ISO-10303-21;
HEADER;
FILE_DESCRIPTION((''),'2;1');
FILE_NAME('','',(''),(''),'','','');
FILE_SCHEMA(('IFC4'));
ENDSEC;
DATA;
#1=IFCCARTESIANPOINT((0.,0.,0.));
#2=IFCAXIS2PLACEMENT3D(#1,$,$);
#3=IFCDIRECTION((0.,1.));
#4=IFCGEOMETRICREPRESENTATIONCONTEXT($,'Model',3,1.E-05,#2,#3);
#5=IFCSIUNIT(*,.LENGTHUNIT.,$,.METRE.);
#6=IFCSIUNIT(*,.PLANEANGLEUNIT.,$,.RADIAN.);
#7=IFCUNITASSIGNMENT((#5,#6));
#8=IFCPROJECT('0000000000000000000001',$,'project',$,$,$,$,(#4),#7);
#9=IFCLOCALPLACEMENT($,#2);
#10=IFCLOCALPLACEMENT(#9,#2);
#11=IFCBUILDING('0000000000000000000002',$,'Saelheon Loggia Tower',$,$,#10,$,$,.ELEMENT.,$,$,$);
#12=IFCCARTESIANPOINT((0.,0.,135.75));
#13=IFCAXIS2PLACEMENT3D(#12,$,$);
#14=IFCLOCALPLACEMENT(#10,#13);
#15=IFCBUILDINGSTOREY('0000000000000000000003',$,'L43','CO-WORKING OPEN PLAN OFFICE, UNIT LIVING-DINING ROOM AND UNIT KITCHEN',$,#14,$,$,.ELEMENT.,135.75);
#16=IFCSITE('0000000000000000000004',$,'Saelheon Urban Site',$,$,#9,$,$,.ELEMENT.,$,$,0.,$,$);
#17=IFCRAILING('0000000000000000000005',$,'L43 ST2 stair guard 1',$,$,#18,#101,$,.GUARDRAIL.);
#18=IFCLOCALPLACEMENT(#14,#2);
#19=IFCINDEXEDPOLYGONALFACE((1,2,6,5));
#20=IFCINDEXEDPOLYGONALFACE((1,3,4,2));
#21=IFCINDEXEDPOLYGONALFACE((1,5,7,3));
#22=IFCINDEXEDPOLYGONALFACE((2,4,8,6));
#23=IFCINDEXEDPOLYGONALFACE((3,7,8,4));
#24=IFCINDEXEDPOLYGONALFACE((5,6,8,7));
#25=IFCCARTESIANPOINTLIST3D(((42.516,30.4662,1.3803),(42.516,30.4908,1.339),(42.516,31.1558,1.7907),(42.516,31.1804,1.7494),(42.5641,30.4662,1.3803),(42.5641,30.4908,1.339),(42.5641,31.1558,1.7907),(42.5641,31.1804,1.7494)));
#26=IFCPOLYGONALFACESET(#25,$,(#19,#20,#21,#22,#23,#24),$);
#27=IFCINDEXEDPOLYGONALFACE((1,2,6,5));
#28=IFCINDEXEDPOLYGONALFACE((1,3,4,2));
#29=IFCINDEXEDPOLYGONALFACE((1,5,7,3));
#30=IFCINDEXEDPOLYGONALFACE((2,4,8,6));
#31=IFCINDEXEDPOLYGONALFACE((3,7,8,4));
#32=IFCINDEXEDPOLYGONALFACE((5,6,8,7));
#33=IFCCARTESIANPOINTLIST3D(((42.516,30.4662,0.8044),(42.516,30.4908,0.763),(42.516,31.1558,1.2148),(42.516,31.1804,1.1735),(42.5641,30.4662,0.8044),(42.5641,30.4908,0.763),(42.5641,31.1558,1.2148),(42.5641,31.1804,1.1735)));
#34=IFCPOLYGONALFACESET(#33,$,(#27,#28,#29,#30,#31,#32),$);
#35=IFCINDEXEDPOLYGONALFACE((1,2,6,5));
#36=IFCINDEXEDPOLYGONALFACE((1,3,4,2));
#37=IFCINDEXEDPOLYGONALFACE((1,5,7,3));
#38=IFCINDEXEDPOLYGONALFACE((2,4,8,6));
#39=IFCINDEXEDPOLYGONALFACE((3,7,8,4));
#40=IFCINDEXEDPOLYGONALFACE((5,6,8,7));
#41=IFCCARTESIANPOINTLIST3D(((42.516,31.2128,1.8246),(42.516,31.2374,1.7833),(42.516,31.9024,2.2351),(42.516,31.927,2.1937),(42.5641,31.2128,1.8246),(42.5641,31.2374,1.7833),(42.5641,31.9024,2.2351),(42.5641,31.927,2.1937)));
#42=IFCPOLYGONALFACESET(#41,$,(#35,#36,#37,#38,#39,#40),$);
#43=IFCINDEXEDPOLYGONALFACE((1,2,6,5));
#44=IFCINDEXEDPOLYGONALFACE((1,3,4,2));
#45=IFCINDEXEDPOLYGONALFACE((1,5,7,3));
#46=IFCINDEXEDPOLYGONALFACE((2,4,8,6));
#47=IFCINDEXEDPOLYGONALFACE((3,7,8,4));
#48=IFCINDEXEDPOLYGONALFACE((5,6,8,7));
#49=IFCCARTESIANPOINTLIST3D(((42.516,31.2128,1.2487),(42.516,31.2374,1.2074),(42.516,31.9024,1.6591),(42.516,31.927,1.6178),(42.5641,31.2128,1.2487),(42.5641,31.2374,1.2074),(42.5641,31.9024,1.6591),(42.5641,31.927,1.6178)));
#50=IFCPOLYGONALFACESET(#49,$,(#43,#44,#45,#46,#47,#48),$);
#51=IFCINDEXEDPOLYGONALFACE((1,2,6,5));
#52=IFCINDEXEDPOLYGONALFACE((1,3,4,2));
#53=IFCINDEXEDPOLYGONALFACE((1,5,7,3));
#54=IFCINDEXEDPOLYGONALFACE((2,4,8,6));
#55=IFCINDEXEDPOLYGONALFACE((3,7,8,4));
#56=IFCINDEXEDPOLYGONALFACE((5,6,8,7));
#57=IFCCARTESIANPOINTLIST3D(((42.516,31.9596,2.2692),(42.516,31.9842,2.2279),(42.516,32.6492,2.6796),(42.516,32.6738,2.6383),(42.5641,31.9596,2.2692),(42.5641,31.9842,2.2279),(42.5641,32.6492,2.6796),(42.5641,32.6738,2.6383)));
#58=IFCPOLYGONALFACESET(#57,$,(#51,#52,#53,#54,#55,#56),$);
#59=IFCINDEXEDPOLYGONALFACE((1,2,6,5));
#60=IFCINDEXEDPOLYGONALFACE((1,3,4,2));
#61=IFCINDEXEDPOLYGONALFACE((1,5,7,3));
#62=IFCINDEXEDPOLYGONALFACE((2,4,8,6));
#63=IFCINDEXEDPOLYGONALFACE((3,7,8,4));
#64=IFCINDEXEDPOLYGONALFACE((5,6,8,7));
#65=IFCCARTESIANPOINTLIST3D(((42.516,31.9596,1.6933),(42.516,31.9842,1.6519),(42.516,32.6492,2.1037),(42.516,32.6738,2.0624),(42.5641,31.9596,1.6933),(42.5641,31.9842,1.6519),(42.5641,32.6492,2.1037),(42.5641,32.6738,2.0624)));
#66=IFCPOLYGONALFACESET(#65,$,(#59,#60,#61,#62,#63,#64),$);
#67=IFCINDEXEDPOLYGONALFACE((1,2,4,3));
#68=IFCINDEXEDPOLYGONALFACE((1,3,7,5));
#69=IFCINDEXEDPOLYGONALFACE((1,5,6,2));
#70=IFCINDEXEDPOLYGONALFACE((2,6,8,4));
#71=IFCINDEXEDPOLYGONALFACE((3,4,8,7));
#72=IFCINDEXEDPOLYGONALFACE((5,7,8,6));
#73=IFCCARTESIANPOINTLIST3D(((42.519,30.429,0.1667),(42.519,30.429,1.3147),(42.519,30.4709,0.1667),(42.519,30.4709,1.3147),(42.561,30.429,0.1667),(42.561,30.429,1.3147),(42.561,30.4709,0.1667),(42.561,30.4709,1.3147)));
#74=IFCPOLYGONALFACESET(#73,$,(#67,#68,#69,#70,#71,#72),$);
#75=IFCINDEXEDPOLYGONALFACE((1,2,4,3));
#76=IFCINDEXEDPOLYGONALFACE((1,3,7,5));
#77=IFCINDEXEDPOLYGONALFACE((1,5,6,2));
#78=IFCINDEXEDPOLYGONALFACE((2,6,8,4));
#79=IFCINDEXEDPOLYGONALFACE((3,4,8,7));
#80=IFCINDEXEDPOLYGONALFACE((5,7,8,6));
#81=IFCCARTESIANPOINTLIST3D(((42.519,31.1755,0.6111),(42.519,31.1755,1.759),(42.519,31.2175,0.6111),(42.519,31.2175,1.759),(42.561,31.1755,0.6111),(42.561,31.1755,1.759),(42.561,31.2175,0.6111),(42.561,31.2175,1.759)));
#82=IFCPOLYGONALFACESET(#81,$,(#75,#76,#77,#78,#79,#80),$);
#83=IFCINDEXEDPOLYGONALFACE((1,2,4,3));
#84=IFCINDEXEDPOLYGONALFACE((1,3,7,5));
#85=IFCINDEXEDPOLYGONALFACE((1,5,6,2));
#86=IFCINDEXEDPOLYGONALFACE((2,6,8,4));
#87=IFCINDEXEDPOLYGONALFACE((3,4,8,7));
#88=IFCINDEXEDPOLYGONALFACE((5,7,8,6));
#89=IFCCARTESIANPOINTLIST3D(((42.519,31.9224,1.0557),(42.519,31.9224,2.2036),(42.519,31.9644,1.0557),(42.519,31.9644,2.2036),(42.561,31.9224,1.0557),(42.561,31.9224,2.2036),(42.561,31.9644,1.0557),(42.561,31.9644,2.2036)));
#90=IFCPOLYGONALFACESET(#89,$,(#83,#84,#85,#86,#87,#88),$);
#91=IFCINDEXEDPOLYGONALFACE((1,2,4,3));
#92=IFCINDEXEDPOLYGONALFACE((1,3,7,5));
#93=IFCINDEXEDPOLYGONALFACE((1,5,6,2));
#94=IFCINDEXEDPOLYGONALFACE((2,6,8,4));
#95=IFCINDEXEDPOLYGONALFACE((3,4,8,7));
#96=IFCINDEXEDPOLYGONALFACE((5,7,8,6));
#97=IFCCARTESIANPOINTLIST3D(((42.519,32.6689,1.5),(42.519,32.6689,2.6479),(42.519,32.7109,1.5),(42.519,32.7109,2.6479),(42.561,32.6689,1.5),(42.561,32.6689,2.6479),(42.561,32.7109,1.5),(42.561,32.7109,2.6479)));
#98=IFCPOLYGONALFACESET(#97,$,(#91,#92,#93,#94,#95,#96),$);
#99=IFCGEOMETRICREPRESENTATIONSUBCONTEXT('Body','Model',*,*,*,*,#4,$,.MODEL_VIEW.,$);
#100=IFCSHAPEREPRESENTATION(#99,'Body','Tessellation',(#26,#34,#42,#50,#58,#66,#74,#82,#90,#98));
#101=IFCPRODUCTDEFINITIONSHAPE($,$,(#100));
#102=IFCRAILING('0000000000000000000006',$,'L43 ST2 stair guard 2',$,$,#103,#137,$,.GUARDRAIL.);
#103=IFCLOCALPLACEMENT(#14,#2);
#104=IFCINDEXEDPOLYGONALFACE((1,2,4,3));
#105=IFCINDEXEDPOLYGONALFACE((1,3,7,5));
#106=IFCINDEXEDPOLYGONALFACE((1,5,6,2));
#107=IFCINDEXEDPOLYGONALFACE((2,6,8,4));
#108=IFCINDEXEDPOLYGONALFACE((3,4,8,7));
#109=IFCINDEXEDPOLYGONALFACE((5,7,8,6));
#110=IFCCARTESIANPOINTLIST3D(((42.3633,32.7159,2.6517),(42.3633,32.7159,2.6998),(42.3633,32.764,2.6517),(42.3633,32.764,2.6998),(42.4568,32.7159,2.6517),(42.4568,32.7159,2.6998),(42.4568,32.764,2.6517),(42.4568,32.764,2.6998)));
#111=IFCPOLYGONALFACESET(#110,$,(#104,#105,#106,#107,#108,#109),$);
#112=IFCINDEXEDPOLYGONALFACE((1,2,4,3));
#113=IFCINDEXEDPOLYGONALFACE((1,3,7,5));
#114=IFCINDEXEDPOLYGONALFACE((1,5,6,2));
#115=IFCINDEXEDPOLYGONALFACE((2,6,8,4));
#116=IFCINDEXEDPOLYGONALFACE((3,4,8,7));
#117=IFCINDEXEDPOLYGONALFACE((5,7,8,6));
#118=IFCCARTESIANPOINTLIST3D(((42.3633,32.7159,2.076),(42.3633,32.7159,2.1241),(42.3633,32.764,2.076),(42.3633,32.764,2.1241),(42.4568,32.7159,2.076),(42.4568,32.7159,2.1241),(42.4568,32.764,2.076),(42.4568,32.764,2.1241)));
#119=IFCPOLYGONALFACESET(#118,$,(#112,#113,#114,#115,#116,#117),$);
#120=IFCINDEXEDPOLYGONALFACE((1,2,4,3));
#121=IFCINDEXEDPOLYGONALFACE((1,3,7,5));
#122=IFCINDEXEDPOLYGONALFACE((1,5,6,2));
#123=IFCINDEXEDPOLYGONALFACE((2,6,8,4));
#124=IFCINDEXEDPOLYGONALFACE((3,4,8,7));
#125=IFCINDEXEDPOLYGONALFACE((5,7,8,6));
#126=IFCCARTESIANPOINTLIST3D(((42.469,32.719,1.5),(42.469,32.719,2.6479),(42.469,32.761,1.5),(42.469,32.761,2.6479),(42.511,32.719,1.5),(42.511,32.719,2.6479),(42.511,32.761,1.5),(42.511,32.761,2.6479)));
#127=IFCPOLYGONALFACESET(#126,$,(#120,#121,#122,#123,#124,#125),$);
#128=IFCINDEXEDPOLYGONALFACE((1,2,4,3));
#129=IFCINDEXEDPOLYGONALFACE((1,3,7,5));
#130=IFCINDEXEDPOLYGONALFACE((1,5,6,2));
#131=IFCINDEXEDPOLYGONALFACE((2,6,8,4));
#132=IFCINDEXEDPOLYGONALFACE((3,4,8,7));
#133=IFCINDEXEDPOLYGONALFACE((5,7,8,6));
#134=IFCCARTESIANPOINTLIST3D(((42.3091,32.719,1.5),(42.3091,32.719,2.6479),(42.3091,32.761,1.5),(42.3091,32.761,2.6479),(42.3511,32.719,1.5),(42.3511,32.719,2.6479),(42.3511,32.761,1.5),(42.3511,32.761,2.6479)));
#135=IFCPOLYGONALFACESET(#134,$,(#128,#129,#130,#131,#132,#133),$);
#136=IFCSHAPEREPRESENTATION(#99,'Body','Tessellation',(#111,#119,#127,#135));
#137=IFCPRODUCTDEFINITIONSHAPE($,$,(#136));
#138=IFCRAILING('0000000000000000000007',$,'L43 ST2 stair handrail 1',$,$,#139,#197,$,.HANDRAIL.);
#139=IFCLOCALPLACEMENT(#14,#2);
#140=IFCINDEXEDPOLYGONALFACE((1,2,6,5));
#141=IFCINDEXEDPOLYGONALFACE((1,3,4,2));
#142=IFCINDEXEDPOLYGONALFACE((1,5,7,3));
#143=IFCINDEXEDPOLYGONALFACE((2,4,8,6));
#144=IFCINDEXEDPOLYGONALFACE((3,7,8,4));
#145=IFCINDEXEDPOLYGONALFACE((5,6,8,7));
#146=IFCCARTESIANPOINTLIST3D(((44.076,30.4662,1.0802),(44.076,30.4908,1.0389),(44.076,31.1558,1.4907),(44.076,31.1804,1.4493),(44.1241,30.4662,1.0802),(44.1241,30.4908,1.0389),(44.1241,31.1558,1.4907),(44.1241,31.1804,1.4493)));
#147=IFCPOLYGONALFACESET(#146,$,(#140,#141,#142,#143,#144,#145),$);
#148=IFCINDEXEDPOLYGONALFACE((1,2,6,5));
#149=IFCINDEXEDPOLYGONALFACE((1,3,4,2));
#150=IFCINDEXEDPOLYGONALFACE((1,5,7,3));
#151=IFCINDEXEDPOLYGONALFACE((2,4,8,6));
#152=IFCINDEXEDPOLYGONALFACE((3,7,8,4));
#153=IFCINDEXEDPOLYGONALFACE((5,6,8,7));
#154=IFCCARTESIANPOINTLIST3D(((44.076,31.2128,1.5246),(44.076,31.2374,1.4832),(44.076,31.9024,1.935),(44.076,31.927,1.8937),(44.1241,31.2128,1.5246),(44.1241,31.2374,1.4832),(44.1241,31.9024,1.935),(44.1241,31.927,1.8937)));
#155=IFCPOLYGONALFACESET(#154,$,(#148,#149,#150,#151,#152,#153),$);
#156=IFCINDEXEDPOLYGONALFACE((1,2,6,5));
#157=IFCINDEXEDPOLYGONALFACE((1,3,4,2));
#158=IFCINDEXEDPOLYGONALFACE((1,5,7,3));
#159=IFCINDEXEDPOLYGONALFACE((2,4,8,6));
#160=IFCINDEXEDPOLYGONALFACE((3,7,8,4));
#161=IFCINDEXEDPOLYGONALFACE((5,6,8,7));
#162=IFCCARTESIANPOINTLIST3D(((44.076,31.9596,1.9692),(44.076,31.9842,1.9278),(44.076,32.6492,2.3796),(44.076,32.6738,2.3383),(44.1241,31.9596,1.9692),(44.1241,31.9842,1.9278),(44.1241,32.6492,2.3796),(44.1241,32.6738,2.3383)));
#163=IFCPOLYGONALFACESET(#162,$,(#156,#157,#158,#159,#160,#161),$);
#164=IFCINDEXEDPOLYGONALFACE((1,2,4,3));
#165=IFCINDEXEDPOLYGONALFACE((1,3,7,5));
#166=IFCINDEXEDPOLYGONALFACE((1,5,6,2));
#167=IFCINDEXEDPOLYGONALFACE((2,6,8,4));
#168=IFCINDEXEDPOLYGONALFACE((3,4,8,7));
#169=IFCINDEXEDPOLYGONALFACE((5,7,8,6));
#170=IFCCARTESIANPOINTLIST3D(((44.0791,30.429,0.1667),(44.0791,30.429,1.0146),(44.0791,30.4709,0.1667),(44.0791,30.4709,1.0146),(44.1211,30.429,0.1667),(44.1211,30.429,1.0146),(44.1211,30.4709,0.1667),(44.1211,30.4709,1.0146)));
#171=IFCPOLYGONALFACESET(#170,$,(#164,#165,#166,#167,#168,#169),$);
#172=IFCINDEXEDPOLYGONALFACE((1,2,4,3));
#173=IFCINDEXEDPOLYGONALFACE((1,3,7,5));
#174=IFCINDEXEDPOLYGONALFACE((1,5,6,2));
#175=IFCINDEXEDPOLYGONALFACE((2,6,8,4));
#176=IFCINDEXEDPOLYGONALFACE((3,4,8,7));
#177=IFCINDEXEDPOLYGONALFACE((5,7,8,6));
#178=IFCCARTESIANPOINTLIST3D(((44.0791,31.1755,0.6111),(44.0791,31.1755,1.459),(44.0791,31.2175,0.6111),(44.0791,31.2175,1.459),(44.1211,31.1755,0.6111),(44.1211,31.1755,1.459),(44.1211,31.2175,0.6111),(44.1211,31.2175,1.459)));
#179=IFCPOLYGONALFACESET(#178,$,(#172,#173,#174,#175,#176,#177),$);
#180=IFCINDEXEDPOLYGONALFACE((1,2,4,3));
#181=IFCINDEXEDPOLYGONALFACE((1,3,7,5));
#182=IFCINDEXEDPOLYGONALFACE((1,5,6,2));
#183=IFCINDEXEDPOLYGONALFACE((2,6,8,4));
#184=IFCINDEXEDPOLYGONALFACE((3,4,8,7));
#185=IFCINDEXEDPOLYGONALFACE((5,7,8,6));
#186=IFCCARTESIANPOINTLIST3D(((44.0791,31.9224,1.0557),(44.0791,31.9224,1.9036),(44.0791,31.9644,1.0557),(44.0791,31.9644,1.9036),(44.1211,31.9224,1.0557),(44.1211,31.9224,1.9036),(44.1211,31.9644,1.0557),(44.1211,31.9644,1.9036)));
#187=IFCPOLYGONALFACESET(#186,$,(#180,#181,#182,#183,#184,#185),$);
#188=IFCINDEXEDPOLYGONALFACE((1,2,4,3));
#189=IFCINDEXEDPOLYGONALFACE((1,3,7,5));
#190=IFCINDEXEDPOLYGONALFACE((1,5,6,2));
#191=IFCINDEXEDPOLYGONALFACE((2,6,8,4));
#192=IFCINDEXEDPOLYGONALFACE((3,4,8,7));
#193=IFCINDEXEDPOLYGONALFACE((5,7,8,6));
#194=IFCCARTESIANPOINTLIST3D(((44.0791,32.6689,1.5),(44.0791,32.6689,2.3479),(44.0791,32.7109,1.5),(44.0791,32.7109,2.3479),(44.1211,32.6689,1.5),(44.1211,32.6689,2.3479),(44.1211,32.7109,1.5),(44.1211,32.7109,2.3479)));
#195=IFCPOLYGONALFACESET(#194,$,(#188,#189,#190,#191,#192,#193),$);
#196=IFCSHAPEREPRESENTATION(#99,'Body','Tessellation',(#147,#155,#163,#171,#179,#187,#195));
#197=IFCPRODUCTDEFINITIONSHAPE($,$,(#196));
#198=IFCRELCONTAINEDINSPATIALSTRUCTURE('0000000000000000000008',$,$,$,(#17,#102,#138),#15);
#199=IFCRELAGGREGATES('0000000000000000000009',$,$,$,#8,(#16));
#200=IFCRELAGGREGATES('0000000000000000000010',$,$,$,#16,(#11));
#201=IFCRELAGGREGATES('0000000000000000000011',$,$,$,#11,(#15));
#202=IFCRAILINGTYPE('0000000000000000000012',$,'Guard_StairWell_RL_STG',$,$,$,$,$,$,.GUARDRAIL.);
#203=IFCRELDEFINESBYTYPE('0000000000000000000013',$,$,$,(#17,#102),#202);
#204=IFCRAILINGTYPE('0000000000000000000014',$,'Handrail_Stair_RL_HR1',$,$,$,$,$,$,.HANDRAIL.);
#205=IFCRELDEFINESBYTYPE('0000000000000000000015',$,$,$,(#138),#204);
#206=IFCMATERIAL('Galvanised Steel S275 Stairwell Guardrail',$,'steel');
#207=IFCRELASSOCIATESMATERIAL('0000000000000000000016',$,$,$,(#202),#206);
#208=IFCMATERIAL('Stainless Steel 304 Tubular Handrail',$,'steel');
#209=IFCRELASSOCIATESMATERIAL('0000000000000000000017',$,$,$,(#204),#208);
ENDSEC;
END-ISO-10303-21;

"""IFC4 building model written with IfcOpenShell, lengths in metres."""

from ifc_helpers import new_model, si_unit, direction, frame, origin, origin_2d, place, context, subcontext, project, spatial, rectangle, extrude, material, type_object, element, save


model = new_model("IFC4")

# Units and contexts
model_context = context("Model", 3, precision=1e-05, world=origin(), true_north=direction((0.0, 1.0)))
body_context = subcontext(model_context, "Body", "Model", "MODEL_VIEW")
ifc_project = project(units=[si_unit("LENGTHUNIT", "METRE"), si_unit("PLANEANGLEUNIT", "RADIAN")], contexts=[model_context])

# Site, building, storey
site_placement = place(None, origin())
site = spatial("IfcSite", under=ifc_project, at=site_placement, Name="Saelheon Urban Site", CompositionType="ELEMENT", RefElevation=0.0)
building_placement = place(site_placement, origin())
building = spatial("IfcBuilding", under=site, at=building_placement, Name="Saelheon Loggia Tower", CompositionType="ELEMENT")
storey_placement = place(building_placement, frame((0.0, 0.0, 135.75)))
storey = spatial("IfcBuildingStorey", under=building, at=storey_placement, Name="L43", Description="CO-WORKING OPEN PLAN OFFICE, UNIT LIVING-DINING ROOM AND UNIT KITCHEN", CompositionType="ELEMENT", Elevation=135.75)

# Railings
ifc_material_1 = material(Name="Galvanised Steel S275 Stairwell Guardrail", Category="steel")
railing_type_1 = type_object("IfcRailingType", Name="Guard_StairWell_RL_STG", PredefinedType="GUARDRAIL", material=ifc_material_1)
railing_1_placement = place(storey_placement, frame((42.54, 30.45, 0.1667)))
element("IfcRailing", 1, at=railing_1_placement, inside=storey, type_object=railing_type_1, Name="L43 ST2 stair guard 1", PredefinedType="GUARDRAIL", context=body_context, shape_type="SweptSolid", body=[
    extrude(rectangle(XDim=0.0481, YDim=0.0481, at=origin_2d()), frame((0.0, 0.0286, 1.1929), z_axis=(0.0, 0.859306, 0.511462), x_axis=(-1.0, 0.0, 0.0)), (0.0, 0.0, 1.0), 0.8025),
    extrude(rectangle(XDim=0.0481, YDim=0.0481, at=origin_2d()), frame((0.0, 0.0286, 0.6169), z_axis=(0.0, 0.859306, 0.511462), x_axis=(-1.0, 0.0, 0.0)), (0.0, 0.0, 1.0), 0.8025),
    extrude(rectangle(XDim=0.0481, YDim=0.0481, at=origin_2d()), frame((0.0, 0.7751, 1.6372), z_axis=(0.0, 0.859306, 0.511462), x_axis=(-1.0, 0.0, 0.0)), (0.0, 0.0, 1.0), 0.8025),
    extrude(rectangle(XDim=0.0481, YDim=0.0481, at=origin_2d()), frame((0.0, 0.7751, 1.0613), z_axis=(0.0, 0.859306, 0.511462), x_axis=(-1.0, 0.0, 0.0)), (0.0, 0.0, 1.0), 0.8025),
    extrude(rectangle(XDim=0.0481, YDim=0.0481, at=origin_2d()), frame((0.0, 1.522, 2.0818), z_axis=(0.0, 0.859306, 0.511462), x_axis=(-1.0, 0.0, 0.0)), (0.0, 0.0, 1.0), 0.8025),
    extrude(rectangle(XDim=0.0481, YDim=0.0481, at=origin_2d()), frame((0.0, 1.522, 1.5059), z_axis=(0.0, 0.859306, 0.511462), x_axis=(-1.0, 0.0, 0.0)), (0.0, 0.0, 1.0), 0.8025),
    extrude(rectangle(XDim=0.042, YDim=0.042, at=origin_2d()), origin(), (0.0, 0.0, 1.0), 1.1479),
    extrude(rectangle(XDim=0.042, YDim=0.042, at=origin_2d()), frame((0.0, 0.7466, 0.4443)), (0.0, 0.0, 1.0), 1.1479),
    extrude(rectangle(XDim=0.042, YDim=0.042, at=origin_2d()), frame((0.0, 1.4934, 0.8889)), (0.0, 0.0, 1.0), 1.1479),
    extrude(rectangle(XDim=0.042, YDim=0.042, at=origin_2d()), frame((0.0, 2.24, 1.3333)), (0.0, 0.0, 1.0), 1.1479),
])
railing_2_placement = place(storey_placement, frame((42.49, 32.74, 1.5)))
element("IfcRailing", 2, at=railing_2_placement, inside=storey, type_object=railing_type_1, Name="L43 ST2 stair guard 2", PredefinedType="GUARDRAIL", context=body_context, shape_type="SweptSolid", body=[
    extrude(rectangle(XDim=0.0481, YDim=0.0481, at=origin_2d()), frame((-0.0332, 0.0, 1.1758), z_axis=(-1.0, 0.0, 0.0), x_axis=(0.0, -1.0, 0.0)), (0.0, 0.0, 1.0), 0.0935),
    extrude(rectangle(XDim=0.0481, YDim=0.0481, at=origin_2d()), frame((-0.0332, 0.0, 0.6001), z_axis=(-1.0, 0.0, 0.0), x_axis=(0.0, -1.0, 0.0)), (0.0, 0.0, 1.0), 0.0935),
    extrude(rectangle(XDim=0.042, YDim=0.042, at=origin_2d()), origin(), (0.0, 0.0, 1.0), 1.1479),
    extrude(rectangle(XDim=0.042, YDim=0.042, at=origin_2d()), frame((-0.1599, 0.0, 0.0)), (0.0, 0.0, 1.0), 1.1479),
])
ifc_material_2 = material(Name="Stainless Steel 304 Tubular Handrail", Category="steel")
railing_type_2 = type_object("IfcRailingType", Name="Handrail_Stair_RL_HR1", PredefinedType="HANDRAIL", material=ifc_material_2)
railing_3_placement = place(storey_placement, frame((44.1001, 30.45, 0.1667)))
element("IfcRailing", 3, at=railing_3_placement, inside=storey, type_object=railing_type_2, Name="L43 ST2 stair handrail 1", PredefinedType="HANDRAIL", context=body_context, shape_type="SweptSolid", body=[
    extrude(rectangle(XDim=0.0481, YDim=0.0481, at=origin_2d()), frame((0.0, 0.0286, 0.8928), z_axis=(0.0, 0.859306, 0.511462), x_axis=(-1.0, 0.0, 0.0)), (0.0, 0.0, 1.0), 0.8025),
    extrude(rectangle(XDim=0.0481, YDim=0.0481, at=origin_2d()), frame((0.0, 0.7751, 1.3372), z_axis=(0.0, 0.859306, 0.511462), x_axis=(-1.0, 0.0, 0.0)), (0.0, 0.0, 1.0), 0.8025),
    extrude(rectangle(XDim=0.0481, YDim=0.0481, at=origin_2d()), frame((0.0, 1.522, 1.7817), z_axis=(0.0, 0.859306, 0.511462), x_axis=(-1.0, 0.0, 0.0)), (0.0, 0.0, 1.0), 0.8025),
    extrude(rectangle(XDim=0.042, YDim=0.042, at=origin_2d()), origin(), (0.0, 0.0, 1.0), 0.8479),
    extrude(rectangle(XDim=0.042, YDim=0.042, at=origin_2d()), frame((0.0, 0.7466, 0.4443)), (0.0, 0.0, 1.0), 0.8479),
    extrude(rectangle(XDim=0.042, YDim=0.042, at=origin_2d()), frame((0.0, 1.4934, 0.8889)), (0.0, 0.0, 1.0), 0.8479),
    extrude(rectangle(XDim=0.042, YDim=0.042, at=origin_2d()), frame((0.0, 2.24, 1.3333)), (0.0, 0.0, 1.0), 0.8479),
])

save(model, "model.ifc")
